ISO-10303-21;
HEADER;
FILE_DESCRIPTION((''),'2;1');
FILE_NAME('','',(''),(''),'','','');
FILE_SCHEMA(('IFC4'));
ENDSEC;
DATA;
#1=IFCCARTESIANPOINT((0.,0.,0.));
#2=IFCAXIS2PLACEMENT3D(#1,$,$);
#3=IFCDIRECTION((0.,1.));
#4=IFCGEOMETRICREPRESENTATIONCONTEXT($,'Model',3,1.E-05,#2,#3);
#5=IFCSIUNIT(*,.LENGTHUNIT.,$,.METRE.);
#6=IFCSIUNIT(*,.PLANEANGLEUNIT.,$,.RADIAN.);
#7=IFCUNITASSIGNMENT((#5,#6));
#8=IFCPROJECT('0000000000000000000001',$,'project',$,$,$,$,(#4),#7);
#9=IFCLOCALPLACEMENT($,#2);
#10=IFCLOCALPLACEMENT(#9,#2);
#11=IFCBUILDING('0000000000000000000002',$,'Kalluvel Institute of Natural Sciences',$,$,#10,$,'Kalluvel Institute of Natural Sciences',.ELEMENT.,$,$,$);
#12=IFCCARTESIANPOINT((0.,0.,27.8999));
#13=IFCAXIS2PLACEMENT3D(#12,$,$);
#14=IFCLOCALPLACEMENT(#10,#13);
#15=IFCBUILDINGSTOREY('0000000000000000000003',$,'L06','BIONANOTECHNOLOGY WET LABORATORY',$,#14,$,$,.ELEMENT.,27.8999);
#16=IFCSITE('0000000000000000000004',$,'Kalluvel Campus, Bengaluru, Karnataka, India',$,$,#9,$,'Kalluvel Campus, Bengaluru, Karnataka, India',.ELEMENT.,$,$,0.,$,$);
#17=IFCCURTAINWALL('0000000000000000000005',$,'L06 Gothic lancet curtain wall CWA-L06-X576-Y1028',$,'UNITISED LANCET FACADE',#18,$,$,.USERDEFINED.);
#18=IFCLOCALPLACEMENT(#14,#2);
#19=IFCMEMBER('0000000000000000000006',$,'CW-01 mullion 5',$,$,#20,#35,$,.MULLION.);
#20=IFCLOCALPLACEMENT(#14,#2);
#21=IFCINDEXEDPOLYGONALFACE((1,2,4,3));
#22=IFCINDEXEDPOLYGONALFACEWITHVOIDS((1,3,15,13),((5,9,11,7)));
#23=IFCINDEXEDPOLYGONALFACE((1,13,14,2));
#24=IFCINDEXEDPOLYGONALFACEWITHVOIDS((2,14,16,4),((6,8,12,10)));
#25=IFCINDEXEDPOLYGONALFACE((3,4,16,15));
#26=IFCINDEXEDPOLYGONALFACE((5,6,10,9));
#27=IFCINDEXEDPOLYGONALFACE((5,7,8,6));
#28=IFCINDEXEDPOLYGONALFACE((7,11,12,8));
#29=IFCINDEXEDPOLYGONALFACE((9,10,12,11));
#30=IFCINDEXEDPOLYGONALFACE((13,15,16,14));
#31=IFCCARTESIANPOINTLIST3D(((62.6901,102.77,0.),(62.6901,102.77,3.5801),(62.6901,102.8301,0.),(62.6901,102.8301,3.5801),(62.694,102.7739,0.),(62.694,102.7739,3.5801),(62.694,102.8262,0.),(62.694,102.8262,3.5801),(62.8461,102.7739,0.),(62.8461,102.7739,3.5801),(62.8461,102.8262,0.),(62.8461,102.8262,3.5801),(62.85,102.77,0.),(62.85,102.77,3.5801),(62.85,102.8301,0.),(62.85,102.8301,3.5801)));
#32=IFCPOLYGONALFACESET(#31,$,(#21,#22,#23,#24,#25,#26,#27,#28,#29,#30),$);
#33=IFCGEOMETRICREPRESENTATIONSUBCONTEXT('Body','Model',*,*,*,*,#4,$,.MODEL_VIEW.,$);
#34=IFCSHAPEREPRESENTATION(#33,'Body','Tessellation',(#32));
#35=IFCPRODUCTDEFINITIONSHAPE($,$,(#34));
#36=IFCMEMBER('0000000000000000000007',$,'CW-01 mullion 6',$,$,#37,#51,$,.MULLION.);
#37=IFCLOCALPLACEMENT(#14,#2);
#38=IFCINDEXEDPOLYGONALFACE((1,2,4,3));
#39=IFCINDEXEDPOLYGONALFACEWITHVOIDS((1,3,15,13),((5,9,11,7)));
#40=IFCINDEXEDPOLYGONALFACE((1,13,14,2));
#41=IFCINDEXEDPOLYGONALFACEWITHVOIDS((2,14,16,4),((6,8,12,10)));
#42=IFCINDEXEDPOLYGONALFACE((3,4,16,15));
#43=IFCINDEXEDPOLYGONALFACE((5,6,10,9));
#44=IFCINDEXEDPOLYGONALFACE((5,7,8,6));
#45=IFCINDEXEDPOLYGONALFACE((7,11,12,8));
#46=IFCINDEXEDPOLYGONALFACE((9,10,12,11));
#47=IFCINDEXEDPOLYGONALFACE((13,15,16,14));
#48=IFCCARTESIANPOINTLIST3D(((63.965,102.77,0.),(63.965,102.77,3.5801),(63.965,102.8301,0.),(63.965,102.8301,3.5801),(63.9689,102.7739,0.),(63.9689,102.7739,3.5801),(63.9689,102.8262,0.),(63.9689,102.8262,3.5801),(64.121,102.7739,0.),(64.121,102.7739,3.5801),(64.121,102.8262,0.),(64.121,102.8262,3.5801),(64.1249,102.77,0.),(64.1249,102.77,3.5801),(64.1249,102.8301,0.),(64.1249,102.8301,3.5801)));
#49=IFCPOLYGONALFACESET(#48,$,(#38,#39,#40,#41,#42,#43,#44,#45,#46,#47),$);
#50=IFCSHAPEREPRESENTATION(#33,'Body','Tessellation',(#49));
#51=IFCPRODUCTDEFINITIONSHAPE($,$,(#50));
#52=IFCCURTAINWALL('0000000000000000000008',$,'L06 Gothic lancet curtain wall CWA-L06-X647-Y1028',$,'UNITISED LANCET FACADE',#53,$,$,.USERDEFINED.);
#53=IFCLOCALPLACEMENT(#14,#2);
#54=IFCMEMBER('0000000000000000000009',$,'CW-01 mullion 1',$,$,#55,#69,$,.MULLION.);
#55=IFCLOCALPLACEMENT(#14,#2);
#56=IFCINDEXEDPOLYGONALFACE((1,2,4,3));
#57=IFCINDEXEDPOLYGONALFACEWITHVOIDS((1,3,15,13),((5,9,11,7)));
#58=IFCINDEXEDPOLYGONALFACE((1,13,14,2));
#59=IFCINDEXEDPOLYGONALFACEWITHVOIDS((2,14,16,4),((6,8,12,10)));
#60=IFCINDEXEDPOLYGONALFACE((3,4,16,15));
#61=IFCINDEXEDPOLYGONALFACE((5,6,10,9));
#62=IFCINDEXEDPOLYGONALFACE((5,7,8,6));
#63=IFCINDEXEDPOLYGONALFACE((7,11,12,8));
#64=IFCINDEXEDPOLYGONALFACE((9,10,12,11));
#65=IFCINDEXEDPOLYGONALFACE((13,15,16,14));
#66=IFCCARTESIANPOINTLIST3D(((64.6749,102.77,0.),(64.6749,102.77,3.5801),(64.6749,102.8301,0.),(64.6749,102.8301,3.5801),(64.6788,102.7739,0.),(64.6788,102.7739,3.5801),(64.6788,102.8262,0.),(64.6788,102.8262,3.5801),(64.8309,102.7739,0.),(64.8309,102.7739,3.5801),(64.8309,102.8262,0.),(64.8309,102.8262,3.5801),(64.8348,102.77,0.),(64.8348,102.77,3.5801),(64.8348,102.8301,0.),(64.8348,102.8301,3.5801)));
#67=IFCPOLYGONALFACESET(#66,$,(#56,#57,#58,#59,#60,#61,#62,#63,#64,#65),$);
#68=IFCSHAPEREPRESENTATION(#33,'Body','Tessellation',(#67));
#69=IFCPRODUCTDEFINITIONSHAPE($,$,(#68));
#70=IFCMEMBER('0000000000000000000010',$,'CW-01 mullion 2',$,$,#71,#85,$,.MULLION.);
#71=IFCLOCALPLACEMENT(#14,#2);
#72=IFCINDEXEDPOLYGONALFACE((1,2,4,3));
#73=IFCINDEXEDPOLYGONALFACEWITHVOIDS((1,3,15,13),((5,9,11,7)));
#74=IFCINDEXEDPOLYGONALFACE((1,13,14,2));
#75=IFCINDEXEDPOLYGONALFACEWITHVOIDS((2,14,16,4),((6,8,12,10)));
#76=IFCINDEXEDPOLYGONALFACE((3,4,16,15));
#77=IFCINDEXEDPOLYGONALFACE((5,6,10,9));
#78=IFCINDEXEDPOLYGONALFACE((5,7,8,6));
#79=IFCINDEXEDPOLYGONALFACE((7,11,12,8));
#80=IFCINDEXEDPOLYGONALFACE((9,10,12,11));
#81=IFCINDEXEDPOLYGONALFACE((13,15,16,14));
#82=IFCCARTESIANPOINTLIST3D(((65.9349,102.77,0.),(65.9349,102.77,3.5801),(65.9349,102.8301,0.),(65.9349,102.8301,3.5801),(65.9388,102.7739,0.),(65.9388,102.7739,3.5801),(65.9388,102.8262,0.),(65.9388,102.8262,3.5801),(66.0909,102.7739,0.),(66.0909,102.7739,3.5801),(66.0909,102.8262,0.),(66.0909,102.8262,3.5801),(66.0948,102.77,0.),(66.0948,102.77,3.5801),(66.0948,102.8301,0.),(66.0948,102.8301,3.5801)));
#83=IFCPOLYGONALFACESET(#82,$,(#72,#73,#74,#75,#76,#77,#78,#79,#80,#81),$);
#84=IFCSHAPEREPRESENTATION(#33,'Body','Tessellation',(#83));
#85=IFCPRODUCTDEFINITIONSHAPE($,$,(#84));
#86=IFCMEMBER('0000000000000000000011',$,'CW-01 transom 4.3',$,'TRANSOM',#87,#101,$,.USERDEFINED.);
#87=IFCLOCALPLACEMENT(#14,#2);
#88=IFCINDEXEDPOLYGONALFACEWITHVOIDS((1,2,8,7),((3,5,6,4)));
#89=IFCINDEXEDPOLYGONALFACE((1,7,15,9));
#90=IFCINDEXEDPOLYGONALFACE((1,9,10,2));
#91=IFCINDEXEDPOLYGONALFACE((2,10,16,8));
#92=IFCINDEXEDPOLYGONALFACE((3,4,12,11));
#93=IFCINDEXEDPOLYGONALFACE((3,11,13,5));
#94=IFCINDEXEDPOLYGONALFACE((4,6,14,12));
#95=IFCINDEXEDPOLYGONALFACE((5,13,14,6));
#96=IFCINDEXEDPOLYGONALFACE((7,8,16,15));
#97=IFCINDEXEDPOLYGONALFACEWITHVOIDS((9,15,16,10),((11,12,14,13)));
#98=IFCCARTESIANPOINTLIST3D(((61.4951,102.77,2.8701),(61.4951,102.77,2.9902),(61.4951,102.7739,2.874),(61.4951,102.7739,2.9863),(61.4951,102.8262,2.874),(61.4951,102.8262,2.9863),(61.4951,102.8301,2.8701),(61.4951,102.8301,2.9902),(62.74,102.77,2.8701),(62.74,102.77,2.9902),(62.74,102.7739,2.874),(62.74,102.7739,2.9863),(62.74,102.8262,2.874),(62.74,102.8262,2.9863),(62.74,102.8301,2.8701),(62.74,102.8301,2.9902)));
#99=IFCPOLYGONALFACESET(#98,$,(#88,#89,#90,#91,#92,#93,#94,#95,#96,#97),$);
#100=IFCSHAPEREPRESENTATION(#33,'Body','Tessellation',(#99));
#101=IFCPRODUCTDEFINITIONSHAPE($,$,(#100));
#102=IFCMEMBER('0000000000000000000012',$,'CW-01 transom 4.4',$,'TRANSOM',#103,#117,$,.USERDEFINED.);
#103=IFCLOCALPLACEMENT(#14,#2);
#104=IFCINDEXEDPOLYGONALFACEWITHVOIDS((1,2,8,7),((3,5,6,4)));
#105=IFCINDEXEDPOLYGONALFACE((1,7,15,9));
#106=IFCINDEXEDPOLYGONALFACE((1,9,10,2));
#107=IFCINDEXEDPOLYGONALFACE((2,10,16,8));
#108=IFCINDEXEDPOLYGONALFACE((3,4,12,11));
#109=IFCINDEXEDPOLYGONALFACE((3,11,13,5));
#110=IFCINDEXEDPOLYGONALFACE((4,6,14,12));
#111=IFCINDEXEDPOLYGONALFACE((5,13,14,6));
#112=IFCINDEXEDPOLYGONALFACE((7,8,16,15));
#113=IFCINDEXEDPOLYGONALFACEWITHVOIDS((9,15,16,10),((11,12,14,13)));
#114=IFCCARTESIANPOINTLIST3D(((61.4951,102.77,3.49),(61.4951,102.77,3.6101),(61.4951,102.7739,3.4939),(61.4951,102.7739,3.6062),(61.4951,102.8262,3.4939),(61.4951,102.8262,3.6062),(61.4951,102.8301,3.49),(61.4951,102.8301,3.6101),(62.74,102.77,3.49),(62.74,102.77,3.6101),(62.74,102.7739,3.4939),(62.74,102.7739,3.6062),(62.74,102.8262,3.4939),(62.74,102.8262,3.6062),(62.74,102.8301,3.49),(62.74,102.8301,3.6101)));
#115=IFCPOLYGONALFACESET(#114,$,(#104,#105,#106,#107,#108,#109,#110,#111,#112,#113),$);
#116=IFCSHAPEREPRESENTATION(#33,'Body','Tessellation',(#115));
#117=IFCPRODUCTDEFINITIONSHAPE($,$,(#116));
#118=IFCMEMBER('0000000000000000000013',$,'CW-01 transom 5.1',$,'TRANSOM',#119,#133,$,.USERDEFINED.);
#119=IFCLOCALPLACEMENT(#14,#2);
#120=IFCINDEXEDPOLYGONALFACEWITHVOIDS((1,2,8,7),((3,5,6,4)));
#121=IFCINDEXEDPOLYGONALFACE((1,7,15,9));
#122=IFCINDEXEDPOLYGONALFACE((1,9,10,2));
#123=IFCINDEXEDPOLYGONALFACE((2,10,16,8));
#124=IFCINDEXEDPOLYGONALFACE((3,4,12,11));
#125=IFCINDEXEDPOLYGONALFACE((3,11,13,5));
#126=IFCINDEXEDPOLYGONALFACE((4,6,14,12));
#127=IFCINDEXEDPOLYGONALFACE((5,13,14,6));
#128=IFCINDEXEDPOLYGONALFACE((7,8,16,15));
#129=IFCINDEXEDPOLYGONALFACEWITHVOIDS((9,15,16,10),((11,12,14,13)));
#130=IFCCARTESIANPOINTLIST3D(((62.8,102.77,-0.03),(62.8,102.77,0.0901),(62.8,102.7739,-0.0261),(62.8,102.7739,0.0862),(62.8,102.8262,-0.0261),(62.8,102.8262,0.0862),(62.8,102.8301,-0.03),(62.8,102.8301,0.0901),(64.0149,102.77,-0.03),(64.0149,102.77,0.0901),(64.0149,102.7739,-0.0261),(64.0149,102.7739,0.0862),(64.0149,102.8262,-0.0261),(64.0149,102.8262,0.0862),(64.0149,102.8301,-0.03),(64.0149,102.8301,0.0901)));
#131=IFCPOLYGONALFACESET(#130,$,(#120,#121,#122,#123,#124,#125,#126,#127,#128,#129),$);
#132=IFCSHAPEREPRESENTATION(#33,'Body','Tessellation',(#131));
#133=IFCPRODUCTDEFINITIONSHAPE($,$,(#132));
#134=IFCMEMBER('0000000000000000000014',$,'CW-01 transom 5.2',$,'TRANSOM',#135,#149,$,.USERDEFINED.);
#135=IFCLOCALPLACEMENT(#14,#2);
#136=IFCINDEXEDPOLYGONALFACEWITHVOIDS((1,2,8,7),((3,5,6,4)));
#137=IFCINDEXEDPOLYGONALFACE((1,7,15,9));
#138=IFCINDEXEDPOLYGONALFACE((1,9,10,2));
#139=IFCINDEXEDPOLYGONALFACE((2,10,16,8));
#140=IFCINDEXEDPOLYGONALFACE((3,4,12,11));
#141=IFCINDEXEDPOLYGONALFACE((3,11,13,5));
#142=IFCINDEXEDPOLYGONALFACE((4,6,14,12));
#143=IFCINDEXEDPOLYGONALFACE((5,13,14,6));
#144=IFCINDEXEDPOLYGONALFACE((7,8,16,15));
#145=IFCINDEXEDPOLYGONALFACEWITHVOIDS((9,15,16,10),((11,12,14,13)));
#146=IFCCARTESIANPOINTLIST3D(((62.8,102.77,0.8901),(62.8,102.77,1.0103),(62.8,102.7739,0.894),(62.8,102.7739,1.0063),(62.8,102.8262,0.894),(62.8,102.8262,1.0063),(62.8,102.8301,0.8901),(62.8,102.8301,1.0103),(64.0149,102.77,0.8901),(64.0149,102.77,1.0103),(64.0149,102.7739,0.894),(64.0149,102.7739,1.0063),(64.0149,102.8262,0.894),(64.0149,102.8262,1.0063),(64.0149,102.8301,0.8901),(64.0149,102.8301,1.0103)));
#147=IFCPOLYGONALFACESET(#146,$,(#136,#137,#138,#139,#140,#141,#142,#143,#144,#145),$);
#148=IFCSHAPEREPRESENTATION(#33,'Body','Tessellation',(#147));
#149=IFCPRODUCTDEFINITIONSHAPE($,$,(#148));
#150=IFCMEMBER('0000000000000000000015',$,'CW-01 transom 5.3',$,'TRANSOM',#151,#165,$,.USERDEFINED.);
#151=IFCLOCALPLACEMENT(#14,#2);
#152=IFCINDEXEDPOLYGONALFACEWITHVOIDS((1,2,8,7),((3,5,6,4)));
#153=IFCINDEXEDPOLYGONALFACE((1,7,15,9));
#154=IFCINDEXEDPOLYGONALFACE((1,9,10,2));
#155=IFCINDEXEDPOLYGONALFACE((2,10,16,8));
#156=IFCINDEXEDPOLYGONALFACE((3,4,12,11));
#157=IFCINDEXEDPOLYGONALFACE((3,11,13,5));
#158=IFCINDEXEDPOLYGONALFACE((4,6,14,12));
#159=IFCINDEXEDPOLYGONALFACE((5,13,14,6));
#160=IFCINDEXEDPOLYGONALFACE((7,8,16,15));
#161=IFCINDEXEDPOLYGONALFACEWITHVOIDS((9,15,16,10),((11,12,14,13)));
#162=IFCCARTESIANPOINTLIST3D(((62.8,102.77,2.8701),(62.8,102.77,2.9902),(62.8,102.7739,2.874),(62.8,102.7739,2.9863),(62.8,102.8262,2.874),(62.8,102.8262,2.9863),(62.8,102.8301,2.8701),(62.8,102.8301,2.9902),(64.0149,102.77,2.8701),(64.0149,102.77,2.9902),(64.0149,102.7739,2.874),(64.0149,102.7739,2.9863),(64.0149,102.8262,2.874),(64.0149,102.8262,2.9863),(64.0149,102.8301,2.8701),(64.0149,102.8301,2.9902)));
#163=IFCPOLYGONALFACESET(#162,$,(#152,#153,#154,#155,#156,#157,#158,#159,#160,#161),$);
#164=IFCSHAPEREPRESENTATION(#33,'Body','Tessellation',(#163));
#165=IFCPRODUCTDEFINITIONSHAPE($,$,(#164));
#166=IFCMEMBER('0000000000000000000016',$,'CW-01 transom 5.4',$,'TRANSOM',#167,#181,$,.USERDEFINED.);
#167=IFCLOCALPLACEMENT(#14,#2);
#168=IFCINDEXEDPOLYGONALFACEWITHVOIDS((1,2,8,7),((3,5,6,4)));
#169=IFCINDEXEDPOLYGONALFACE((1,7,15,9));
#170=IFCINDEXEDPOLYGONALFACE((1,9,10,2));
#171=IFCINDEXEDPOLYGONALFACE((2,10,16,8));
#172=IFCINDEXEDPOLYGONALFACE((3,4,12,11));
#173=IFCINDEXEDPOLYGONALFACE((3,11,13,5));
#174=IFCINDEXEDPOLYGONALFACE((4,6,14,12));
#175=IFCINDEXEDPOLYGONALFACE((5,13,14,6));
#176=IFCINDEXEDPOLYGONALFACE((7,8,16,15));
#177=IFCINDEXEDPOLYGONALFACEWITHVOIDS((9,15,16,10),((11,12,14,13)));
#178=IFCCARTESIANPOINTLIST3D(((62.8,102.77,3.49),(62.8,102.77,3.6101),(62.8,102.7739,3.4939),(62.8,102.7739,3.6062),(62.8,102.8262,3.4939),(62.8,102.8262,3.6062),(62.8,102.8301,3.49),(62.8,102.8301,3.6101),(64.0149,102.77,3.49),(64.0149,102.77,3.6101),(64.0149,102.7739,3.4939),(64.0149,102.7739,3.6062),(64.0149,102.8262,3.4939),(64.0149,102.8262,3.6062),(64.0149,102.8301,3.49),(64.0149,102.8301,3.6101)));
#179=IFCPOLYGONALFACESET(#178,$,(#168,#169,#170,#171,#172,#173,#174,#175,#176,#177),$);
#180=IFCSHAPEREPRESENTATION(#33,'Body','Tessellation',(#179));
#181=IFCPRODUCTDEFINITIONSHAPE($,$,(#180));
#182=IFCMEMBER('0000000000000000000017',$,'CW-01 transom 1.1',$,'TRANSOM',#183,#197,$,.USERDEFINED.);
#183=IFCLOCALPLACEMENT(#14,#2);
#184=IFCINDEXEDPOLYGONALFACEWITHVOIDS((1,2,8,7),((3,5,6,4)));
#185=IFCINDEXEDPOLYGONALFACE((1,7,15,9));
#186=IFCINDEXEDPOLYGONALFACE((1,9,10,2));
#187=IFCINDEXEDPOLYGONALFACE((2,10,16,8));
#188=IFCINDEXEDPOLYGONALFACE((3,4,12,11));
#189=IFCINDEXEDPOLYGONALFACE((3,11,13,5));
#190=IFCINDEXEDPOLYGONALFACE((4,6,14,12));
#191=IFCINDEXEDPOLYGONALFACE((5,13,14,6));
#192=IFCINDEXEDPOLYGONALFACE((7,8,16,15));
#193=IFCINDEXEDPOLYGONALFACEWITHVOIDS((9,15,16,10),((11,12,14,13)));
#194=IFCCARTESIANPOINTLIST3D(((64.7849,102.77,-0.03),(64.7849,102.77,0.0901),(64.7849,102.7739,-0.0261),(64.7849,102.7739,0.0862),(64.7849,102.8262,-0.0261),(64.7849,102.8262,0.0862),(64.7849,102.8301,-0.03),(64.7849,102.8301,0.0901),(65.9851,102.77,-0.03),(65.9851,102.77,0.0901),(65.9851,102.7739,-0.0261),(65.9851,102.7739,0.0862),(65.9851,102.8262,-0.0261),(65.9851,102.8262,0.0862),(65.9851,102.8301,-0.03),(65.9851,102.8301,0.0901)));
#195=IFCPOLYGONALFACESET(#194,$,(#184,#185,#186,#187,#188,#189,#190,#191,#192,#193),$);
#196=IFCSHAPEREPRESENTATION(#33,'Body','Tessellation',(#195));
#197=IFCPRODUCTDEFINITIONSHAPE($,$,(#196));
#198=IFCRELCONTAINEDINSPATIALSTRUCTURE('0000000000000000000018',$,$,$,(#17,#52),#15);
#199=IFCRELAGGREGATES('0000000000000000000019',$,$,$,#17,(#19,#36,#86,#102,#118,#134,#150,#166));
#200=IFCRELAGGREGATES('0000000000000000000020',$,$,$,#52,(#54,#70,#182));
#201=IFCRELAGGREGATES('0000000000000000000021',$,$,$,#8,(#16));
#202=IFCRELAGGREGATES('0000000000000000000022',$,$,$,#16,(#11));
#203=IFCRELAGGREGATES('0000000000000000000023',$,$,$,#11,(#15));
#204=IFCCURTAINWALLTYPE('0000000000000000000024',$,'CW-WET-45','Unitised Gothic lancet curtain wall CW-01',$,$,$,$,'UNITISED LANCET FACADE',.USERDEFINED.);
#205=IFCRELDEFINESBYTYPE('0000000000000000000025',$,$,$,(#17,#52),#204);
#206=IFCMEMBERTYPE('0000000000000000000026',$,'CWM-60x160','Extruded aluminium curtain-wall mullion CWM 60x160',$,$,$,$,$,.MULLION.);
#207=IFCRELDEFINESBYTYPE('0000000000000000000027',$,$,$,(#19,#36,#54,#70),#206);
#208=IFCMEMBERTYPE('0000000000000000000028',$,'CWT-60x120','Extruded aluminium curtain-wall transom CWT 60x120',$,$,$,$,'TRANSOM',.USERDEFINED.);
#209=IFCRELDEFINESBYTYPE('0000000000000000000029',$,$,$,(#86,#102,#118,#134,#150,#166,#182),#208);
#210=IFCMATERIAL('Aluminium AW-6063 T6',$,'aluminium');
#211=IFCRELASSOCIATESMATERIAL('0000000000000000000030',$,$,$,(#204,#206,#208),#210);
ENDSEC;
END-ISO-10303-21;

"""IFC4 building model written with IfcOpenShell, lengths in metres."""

from ifc_helpers import new_model, si_unit, direction, frame, origin, origin_2d, place, context, subcontext, project, spatial, hollow_rectangle, extrude, material, material_profile, profile_set, type_object, element, aggregate, save


model = new_model("IFC4")

# Units and contexts
model_context = context("Model", 3, precision=1e-05, world=origin(), true_north=direction((0.0, 1.0)))
body_context = subcontext(model_context, "Body", "Model", "MODEL_VIEW")
ifc_project = project(units=[si_unit("LENGTHUNIT", "METRE"), si_unit("PLANEANGLEUNIT", "RADIAN")], contexts=[model_context])

# Site, building, storey
site_placement = place(None, origin())
site = spatial("IfcSite", under=ifc_project, at=site_placement, Name="Kalluvel Campus, Bengaluru, Karnataka, India", LongName="Kalluvel Campus, Bengaluru, Karnataka, India", CompositionType="ELEMENT", RefElevation=0.0)
building_placement = place(site_placement, origin())
building = spatial("IfcBuilding", under=site, at=building_placement, Name="Kalluvel Institute of Natural Sciences", LongName="Kalluvel Institute of Natural Sciences", CompositionType="ELEMENT")
storey_placement = place(building_placement, frame((0.0, 0.0, 27.8999)))
storey = spatial("IfcBuildingStorey", under=building, at=storey_placement, Name="L06", Description="BIONANOTECHNOLOGY WET LABORATORY", CompositionType="ELEMENT", Elevation=27.8999)

# Curtain walls, members
ifc_material_1 = material(Name="Aluminium AW-6063 T6", Category="aluminium")
curtain_wall_type = type_object("IfcCurtainWallType", Name="CW-WET-45", Description="Unitised Gothic lancet curtain wall CW-01", ElementType="UNITISED LANCET FACADE", PredefinedType="USERDEFINED", material=ifc_material_1)
curtain_wall_1_placement = place(storey_placement, origin())
curtain_wall_1 = element("IfcCurtainWall", 1, at=curtain_wall_1_placement, inside=storey, type_object=curtain_wall_type, Name="L06 Gothic lancet curtain wall CWA-L06-X576-Y1028", ObjectType="UNITISED LANCET FACADE", PredefinedType="USERDEFINED")
ifc_material_profile_1 = material_profile(ifc_material_1, hollow_rectangle(XDim=0.0601, YDim=0.1599, WallThickness=0.0039, at=origin_2d()), Name="CWM 60x160")
ifc_profile_set_1 = profile_set([ifc_material_profile_1], Name="Aluminium AW-6063 T6")
member_type_1 = type_object("IfcMemberType", Name="CWM-60x160", Description="Extruded aluminium curtain-wall mullion CWM 60x160", PredefinedType="MULLION", material=ifc_profile_set_1)
member_1_placement = place(storey_placement, frame((62.77, 102.8, 0.0), z_axis=(0.0, 0.0, 1.0), x_axis=(0.0, 1.0, 0.0)))
member_1 = element("IfcMember", 2, at=member_1_placement, type_object=member_type_1, Name="CW-01 mullion 5", PredefinedType="MULLION", context=body_context, shape_type="SweptSolid", body=[
    extrude(hollow_rectangle(XDim=0.0601, YDim=0.1599, WallThickness=0.0039, at=origin_2d()), origin(), (0.0, 0.0, 1.0), 3.5801),
])
member_2_placement = place(storey_placement, frame((64.0449, 102.8, 0.0), z_axis=(0.0, 0.0, 1.0), x_axis=(0.0, 1.0, 0.0)))
member_2 = element("IfcMember", 3, at=member_2_placement, type_object=member_type_1, Name="CW-01 mullion 6", PredefinedType="MULLION", context=body_context, shape_type="SweptSolid", body=[
    extrude(hollow_rectangle(XDim=0.0601, YDim=0.1599, WallThickness=0.0039, at=origin_2d()), origin(), (0.0, 0.0, 1.0), 3.5801),
])
curtain_wall_2_placement = place(storey_placement, origin())
curtain_wall_2 = element("IfcCurtainWall", 4, at=curtain_wall_2_placement, inside=storey, type_object=curtain_wall_type, Name="L06 Gothic lancet curtain wall CWA-L06-X647-Y1028", ObjectType="UNITISED LANCET FACADE", PredefinedType="USERDEFINED")
member_3_placement = place(storey_placement, frame((64.7549, 102.8, 0.0), z_axis=(0.0, 0.0, 1.0), x_axis=(0.0, 1.0, 0.0)))
member_3 = element("IfcMember", 5, at=member_3_placement, type_object=member_type_1, Name="CW-01 mullion 1", PredefinedType="MULLION", context=body_context, shape_type="SweptSolid", body=[
    extrude(hollow_rectangle(XDim=0.0601, YDim=0.1599, WallThickness=0.0039, at=origin_2d()), origin(), (0.0, 0.0, 1.0), 3.5801),
])
member_4_placement = place(storey_placement, frame((66.0149, 102.8, 0.0), z_axis=(0.0, 0.0, 1.0), x_axis=(0.0, 1.0, 0.0)))
member_4 = element("IfcMember", 6, at=member_4_placement, type_object=member_type_1, Name="CW-01 mullion 2", PredefinedType="MULLION", context=body_context, shape_type="SweptSolid", body=[
    extrude(hollow_rectangle(XDim=0.0601, YDim=0.1599, WallThickness=0.0039, at=origin_2d()), origin(), (0.0, 0.0, 1.0), 3.5801),
])

# Members
ifc_material_profile_2 = material_profile(ifc_material_1, hollow_rectangle(XDim=0.0601, YDim=0.1201, WallThickness=0.0039, at=origin_2d()), Name="CWT 60x120")
ifc_profile_set_2 = profile_set([ifc_material_profile_2], Name="Aluminium AW-6063 T6")
member_type_2 = type_object("IfcMemberType", Name="CWT-60x120", Description="Extruded aluminium curtain-wall transom CWT 60x120", ElementType="TRANSOM", PredefinedType="USERDEFINED", material=ifc_profile_set_2)
member_5_placement = place(storey_placement, frame((61.4951, 102.8, 2.9302), z_axis=(1.0, 0.0, 0.0), x_axis=(0.0, 1.0, 0.0)))
member_5 = element("IfcMember", 7, at=member_5_placement, type_object=member_type_2, Name="CW-01 transom 4.3", ObjectType="TRANSOM", PredefinedType="USERDEFINED", context=body_context, shape_type="SweptSolid", body=[
    extrude(hollow_rectangle(XDim=0.0601, YDim=0.1201, WallThickness=0.0039, at=origin_2d()), origin(), (0.0, 0.0, 1.0), 1.2449),
])
member_6_placement = place(storey_placement, frame((61.4951, 102.8, 3.55), z_axis=(1.0, 0.0, 0.0), x_axis=(0.0, 1.0, 0.0)))
member_6 = element("IfcMember", 8, at=member_6_placement, type_object=member_type_2, Name="CW-01 transom 4.4", ObjectType="TRANSOM", PredefinedType="USERDEFINED", context=body_context, shape_type="SweptSolid", body=[
    extrude(hollow_rectangle(XDim=0.0601, YDim=0.1201, WallThickness=0.0039, at=origin_2d()), origin(), (0.0, 0.0, 1.0), 1.2449),
])
member_7_placement = place(storey_placement, frame((62.8, 102.8, 0.03), z_axis=(1.0, 0.0, 0.0), x_axis=(0.0, 1.0, 0.0)))
member_7 = element("IfcMember", 9, at=member_7_placement, type_object=member_type_2, Name="CW-01 transom 5.1", ObjectType="TRANSOM", PredefinedType="USERDEFINED", context=body_context, shape_type="SweptSolid", body=[
    extrude(hollow_rectangle(XDim=0.0601, YDim=0.1201, WallThickness=0.0039, at=origin_2d()), origin(), (0.0, 0.0, 1.0), 1.2148),
])
member_8_placement = place(storey_placement, frame((62.8, 102.8, 0.9502), z_axis=(1.0, 0.0, 0.0), x_axis=(0.0, 1.0, 0.0)))
member_8 = element("IfcMember", 10, at=member_8_placement, type_object=member_type_2, Name="CW-01 transom 5.2", ObjectType="TRANSOM", PredefinedType="USERDEFINED", context=body_context, shape_type="SweptSolid", body=[
    extrude(hollow_rectangle(XDim=0.0601, YDim=0.1201, WallThickness=0.0039, at=origin_2d()), origin(), (0.0, 0.0, 1.0), 1.2148),
])
member_9_placement = place(storey_placement, frame((62.8, 102.8, 2.9302), z_axis=(1.0, 0.0, 0.0), x_axis=(0.0, 1.0, 0.0)))
member_9 = element("IfcMember", 11, at=member_9_placement, type_object=member_type_2, Name="CW-01 transom 5.3", ObjectType="TRANSOM", PredefinedType="USERDEFINED", context=body_context, shape_type="SweptSolid", body=[
    extrude(hollow_rectangle(XDim=0.0601, YDim=0.1201, WallThickness=0.0039, at=origin_2d()), origin(), (0.0, 0.0, 1.0), 1.2148),
])
member_10_placement = place(storey_placement, frame((62.8, 102.8, 3.55), z_axis=(1.0, 0.0, 0.0), x_axis=(0.0, 1.0, 0.0)))
member_10 = element("IfcMember", 12, at=member_10_placement, type_object=member_type_2, Name="CW-01 transom 5.4", ObjectType="TRANSOM", PredefinedType="USERDEFINED", context=body_context, shape_type="SweptSolid", body=[
    extrude(hollow_rectangle(XDim=0.0601, YDim=0.1201, WallThickness=0.0039, at=origin_2d()), origin(), (0.0, 0.0, 1.0), 1.2148),
])
member_11_placement = place(storey_placement, frame((64.7849, 102.8, 0.03), z_axis=(1.0, 0.0, 0.0), x_axis=(0.0, 1.0, 0.0)))
member_11 = element("IfcMember", 13, at=member_11_placement, type_object=member_type_2, Name="CW-01 transom 1.1", ObjectType="TRANSOM", PredefinedType="USERDEFINED", context=body_context, shape_type="SweptSolid", body=[
    extrude(hollow_rectangle(XDim=0.0601, YDim=0.1201, WallThickness=0.0039, at=origin_2d()), origin(), (0.0, 0.0, 1.0), 1.2002),
])

aggregate(curtain_wall_1, [member_1, member_2, member_5, member_6, member_7, member_8, member_9, member_10])
aggregate(curtain_wall_2, [member_3, member_4, member_11])

save(model, "model.ifc")
